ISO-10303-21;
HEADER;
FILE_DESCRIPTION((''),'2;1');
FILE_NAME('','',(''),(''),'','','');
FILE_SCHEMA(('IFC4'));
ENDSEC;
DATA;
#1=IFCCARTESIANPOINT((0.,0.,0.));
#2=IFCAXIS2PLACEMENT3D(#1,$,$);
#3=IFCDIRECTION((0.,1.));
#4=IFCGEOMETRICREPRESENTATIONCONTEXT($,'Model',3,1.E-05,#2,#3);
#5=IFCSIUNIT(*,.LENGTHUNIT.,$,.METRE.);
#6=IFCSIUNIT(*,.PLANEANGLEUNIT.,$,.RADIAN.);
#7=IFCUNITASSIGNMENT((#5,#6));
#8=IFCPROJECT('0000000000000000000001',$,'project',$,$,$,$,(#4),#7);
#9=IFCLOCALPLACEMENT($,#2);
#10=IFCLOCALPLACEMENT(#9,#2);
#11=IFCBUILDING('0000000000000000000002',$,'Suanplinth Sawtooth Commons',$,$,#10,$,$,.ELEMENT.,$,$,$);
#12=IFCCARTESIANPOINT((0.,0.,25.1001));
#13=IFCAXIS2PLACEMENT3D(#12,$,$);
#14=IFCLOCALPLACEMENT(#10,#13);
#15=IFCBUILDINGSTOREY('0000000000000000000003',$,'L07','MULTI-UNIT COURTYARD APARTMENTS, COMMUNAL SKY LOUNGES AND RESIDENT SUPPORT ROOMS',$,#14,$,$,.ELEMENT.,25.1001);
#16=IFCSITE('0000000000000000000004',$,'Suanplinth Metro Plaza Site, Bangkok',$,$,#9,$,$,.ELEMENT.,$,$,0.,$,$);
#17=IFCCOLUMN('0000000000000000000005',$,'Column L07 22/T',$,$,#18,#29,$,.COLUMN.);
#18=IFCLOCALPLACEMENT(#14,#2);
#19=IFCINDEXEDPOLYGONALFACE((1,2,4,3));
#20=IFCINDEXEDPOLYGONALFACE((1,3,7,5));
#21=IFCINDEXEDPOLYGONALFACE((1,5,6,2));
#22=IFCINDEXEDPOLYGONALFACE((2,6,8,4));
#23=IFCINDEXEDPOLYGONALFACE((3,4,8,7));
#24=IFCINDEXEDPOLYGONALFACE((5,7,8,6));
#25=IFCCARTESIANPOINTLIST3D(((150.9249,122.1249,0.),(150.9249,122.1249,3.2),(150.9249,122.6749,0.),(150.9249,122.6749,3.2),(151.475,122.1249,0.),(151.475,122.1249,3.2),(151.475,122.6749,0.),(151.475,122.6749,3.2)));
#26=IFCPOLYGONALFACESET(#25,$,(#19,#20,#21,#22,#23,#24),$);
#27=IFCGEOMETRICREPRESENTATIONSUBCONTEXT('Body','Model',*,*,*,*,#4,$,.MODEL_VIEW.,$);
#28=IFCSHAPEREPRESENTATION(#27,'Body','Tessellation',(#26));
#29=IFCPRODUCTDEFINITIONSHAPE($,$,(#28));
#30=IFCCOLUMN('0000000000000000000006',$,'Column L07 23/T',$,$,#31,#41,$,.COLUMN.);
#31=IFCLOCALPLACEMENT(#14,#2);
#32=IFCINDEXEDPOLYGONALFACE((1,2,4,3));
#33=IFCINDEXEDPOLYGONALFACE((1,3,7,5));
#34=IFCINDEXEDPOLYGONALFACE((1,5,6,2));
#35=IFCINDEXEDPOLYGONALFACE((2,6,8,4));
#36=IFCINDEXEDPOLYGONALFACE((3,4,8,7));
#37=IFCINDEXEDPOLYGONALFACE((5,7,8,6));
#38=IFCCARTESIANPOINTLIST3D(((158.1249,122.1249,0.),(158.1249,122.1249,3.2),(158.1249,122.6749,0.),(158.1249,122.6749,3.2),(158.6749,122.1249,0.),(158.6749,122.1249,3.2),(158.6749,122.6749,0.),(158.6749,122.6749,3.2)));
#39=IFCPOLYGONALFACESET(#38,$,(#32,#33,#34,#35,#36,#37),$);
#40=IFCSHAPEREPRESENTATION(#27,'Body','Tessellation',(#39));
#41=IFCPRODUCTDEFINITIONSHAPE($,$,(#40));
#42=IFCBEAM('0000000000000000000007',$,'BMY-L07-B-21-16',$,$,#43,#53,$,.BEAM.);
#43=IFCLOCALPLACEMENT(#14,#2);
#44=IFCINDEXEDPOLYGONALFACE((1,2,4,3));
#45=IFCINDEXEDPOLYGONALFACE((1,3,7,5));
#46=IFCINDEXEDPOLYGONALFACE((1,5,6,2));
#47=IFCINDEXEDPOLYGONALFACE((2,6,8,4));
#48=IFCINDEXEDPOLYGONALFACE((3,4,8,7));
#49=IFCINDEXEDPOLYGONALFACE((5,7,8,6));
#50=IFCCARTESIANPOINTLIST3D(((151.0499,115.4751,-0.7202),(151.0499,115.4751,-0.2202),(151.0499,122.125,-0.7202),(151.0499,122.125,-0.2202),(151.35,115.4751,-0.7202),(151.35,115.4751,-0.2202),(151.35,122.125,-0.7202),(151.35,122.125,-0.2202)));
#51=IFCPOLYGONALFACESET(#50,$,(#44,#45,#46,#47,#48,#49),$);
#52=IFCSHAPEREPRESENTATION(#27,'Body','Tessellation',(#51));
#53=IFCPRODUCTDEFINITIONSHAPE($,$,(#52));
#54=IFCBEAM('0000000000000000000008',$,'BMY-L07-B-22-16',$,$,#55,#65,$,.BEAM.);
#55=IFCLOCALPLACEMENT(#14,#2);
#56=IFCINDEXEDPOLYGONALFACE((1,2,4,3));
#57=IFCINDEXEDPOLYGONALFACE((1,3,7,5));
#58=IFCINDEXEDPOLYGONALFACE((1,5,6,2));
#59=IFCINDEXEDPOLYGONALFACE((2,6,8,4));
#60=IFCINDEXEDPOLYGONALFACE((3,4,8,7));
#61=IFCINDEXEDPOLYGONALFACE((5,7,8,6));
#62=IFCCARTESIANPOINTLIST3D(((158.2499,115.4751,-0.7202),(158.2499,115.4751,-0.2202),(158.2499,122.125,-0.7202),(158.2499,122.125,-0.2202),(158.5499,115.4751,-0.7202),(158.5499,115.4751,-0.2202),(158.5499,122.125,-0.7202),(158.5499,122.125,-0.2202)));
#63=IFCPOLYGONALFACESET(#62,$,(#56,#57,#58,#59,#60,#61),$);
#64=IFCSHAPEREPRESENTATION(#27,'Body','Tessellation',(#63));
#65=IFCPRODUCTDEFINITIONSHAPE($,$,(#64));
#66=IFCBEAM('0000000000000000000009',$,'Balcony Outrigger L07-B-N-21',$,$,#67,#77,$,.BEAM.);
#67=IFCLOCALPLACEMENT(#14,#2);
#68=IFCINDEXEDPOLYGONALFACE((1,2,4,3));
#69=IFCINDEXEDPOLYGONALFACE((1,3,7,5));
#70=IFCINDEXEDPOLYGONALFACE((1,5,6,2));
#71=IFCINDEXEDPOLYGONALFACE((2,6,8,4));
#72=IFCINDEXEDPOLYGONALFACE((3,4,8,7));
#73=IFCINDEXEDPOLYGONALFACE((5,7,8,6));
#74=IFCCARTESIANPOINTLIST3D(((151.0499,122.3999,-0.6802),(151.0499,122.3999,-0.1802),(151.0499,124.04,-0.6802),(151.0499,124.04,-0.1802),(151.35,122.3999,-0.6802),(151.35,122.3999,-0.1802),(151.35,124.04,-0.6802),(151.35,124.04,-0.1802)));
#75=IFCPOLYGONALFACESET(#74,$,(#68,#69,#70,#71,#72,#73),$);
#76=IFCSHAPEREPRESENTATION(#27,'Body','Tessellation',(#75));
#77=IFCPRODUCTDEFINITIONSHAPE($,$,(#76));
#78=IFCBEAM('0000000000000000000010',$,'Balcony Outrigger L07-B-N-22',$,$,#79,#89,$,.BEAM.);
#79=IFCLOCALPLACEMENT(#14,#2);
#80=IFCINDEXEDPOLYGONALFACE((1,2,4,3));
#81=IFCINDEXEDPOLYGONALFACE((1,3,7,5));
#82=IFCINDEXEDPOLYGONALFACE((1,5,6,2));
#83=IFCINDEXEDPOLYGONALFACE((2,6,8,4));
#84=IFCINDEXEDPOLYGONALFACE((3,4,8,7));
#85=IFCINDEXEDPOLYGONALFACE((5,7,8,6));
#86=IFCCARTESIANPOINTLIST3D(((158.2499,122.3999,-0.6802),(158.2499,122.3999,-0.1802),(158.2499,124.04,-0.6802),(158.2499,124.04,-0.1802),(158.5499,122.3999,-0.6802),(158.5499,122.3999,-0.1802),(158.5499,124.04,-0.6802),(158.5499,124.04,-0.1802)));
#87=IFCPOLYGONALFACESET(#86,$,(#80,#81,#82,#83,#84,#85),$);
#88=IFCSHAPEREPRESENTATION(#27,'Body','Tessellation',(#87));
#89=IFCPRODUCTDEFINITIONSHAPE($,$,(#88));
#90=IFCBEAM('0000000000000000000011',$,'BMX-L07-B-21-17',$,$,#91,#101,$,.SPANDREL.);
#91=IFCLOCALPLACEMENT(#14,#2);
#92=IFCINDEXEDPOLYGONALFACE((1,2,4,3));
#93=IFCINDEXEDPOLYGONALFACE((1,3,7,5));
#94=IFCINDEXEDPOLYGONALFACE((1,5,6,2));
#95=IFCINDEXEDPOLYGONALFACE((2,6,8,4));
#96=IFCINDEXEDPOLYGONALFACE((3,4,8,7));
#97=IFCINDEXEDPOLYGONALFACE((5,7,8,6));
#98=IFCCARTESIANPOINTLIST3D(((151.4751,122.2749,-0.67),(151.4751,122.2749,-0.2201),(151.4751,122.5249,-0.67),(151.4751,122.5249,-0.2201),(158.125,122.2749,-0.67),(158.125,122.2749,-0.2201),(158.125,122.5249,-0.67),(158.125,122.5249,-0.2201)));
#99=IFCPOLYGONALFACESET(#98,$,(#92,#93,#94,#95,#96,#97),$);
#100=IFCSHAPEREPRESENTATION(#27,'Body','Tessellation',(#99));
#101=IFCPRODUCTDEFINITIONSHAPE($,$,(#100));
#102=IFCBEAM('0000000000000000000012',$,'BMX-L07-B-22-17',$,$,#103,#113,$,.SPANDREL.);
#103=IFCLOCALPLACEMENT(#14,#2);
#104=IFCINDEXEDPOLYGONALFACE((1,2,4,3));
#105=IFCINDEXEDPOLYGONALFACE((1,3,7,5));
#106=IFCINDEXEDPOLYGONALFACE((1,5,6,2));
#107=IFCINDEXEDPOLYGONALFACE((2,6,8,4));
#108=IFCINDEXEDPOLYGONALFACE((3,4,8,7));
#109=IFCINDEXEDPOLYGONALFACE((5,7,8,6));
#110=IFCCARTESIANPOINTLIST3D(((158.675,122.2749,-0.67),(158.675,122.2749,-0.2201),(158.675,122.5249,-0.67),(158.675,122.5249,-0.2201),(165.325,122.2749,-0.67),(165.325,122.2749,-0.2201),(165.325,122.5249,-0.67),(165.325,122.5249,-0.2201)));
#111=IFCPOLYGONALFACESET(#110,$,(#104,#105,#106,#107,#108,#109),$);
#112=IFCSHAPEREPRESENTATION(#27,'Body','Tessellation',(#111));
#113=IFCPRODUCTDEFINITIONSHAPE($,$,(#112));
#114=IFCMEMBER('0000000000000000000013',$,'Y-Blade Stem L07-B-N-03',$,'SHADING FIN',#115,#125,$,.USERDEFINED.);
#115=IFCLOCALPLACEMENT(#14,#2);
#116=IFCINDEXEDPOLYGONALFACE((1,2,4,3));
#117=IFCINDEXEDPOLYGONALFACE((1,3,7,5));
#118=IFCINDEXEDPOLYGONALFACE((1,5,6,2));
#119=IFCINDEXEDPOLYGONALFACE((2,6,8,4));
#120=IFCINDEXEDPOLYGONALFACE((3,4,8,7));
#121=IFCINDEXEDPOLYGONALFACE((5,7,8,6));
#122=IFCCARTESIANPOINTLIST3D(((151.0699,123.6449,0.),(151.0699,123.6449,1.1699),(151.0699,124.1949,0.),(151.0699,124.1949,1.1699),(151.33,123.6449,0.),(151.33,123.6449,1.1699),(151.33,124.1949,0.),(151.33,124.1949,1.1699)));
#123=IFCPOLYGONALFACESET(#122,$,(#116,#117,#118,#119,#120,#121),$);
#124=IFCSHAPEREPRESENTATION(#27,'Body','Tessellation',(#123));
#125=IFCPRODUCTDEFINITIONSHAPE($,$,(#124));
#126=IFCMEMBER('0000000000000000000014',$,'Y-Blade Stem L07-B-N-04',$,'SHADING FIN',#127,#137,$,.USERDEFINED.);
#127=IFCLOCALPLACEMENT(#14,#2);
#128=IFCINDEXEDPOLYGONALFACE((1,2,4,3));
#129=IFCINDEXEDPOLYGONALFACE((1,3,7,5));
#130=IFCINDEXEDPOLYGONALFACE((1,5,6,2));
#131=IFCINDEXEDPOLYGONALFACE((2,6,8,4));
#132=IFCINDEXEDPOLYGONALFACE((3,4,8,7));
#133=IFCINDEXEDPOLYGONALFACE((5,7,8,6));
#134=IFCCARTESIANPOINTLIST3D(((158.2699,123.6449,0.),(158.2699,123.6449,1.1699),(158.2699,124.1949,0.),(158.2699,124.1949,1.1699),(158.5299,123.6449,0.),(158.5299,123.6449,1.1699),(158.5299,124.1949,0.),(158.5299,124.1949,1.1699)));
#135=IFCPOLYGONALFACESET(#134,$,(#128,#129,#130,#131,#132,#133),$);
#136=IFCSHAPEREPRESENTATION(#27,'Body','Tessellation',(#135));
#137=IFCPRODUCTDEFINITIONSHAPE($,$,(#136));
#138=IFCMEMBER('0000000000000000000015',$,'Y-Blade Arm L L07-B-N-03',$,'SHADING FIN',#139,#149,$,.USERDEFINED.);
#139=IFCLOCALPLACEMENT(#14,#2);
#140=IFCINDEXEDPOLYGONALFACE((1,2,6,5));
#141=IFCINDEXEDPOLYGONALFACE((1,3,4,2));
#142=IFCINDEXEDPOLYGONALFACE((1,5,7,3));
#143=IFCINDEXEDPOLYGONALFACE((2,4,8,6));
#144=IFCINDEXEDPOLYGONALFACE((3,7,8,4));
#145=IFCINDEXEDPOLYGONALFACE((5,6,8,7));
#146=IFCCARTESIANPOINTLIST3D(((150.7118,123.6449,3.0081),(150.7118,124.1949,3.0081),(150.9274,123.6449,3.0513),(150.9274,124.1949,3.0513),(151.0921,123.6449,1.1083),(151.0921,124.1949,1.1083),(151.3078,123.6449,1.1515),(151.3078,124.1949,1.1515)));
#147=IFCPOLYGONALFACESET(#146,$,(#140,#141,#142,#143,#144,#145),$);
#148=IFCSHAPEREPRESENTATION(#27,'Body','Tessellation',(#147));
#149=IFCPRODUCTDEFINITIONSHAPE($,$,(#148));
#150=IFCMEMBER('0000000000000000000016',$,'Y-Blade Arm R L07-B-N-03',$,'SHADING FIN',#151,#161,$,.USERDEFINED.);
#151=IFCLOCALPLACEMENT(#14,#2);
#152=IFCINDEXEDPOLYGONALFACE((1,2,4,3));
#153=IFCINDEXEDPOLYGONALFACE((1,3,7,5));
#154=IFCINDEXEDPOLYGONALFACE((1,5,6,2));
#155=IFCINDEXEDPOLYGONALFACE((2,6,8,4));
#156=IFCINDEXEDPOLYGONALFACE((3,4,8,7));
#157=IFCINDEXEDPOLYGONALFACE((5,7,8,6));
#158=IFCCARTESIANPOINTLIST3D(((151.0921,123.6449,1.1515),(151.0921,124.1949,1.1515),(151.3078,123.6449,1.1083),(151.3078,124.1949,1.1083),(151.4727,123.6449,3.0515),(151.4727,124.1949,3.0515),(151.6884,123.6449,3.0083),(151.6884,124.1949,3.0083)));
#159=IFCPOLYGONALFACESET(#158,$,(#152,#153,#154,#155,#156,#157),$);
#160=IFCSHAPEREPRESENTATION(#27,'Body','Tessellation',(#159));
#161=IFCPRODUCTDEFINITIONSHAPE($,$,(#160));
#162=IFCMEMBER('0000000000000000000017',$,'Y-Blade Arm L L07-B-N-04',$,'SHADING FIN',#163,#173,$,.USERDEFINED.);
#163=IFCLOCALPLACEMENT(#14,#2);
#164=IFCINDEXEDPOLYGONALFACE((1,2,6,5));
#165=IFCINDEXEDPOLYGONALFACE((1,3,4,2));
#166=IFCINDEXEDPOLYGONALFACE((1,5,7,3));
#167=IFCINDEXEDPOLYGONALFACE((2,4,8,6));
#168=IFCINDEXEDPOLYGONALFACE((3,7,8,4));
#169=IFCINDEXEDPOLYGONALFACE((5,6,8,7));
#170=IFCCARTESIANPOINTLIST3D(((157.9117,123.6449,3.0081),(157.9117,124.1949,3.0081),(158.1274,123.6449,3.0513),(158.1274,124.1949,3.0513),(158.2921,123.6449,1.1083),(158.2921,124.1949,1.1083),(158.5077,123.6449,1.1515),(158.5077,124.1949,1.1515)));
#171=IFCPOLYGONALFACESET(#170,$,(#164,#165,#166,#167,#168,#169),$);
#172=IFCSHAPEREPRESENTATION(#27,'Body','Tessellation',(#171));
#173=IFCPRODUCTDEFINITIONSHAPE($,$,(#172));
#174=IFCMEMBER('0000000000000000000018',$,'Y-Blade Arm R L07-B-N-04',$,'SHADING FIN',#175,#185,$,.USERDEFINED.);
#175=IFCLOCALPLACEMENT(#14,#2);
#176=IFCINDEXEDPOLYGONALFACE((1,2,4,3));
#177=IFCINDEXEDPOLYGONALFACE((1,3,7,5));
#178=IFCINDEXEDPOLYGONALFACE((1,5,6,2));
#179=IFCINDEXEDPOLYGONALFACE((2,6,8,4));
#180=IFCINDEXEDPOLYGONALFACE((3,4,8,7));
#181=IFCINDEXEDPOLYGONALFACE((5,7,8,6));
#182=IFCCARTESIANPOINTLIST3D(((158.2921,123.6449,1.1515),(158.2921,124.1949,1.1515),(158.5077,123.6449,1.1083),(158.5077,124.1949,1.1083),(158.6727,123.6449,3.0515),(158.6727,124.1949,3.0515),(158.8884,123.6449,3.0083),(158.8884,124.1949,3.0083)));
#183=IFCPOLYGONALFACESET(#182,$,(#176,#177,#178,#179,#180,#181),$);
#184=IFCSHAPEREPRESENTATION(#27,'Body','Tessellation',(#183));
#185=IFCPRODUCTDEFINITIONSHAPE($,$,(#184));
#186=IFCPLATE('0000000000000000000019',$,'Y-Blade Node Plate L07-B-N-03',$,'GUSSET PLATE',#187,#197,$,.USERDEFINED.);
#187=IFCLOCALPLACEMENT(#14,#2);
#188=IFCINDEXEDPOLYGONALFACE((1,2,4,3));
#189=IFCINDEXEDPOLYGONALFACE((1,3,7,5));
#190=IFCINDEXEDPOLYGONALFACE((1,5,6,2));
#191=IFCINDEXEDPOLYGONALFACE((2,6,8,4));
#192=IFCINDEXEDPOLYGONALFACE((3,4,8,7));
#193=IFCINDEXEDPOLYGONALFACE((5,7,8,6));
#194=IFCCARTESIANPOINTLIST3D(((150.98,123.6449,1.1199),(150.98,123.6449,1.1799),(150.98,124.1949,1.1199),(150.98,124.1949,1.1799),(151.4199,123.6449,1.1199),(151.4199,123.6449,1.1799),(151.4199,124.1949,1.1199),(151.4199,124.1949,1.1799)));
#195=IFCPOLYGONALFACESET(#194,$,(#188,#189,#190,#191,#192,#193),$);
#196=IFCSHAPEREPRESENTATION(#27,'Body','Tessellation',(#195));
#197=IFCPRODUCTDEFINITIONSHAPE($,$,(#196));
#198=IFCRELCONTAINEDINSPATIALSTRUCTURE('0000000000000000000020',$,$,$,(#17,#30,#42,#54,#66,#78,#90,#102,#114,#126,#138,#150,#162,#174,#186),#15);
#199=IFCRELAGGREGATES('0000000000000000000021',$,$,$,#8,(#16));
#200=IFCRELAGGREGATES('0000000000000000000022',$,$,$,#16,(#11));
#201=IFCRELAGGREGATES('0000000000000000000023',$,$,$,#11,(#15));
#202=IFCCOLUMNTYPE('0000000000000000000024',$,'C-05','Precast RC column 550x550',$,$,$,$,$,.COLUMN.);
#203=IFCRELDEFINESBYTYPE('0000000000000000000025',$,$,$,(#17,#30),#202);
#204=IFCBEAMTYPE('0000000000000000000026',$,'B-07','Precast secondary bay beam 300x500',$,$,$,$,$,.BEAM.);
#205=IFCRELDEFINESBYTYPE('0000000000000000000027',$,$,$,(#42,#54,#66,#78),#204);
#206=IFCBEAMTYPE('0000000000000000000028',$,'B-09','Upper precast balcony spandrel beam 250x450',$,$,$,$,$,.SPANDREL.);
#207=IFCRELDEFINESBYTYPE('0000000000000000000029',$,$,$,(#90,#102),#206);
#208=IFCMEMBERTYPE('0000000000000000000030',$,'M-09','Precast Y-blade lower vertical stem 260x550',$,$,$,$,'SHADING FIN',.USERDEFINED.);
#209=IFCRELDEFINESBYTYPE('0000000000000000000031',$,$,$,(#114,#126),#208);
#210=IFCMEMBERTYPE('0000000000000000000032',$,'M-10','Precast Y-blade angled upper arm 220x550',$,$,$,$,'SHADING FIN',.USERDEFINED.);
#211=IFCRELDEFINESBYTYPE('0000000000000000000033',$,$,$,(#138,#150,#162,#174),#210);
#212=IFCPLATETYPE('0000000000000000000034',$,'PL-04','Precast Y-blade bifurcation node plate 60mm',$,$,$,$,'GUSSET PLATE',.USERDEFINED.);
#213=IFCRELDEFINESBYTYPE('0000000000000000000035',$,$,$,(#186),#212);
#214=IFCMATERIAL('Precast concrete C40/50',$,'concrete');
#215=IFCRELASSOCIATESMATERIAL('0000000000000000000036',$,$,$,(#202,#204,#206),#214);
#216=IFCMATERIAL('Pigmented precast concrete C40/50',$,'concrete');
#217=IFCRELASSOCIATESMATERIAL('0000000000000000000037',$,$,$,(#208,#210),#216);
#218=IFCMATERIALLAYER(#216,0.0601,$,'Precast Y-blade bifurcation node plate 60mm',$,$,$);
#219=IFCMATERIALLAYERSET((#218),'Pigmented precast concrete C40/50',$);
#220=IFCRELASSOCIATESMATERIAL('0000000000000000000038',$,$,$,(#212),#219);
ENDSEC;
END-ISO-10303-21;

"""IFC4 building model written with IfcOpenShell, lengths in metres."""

from ifc_helpers import new_model, si_unit, direction, frame, origin, origin_2d, place, context, subcontext, project, spatial, rectangle, extrude, material, layer, layer_set, material_profile, profile_set, type_object, element, save


model = new_model("IFC4")

# Units and contexts
model_context = context("Model", 3, precision=1e-05, world=origin(), true_north=direction((0.0, 1.0)))
body_context = subcontext(model_context, "Body", "Model", "MODEL_VIEW")
ifc_project = project(units=[si_unit("LENGTHUNIT", "METRE"), si_unit("PLANEANGLEUNIT", "RADIAN")], contexts=[model_context])

# Site, building, storey
site_placement = place(None, origin())
site = spatial("IfcSite", under=ifc_project, at=site_placement, Name="Suanplinth Metro Plaza Site, Bangkok", CompositionType="ELEMENT", RefElevation=0.0)
building_placement = place(site_placement, origin())
building = spatial("IfcBuilding", under=site, at=building_placement, Name="Suanplinth Sawtooth Commons", CompositionType="ELEMENT")
storey_placement = place(building_placement, frame((0.0, 0.0, 25.1001)))
storey = spatial("IfcBuildingStorey", under=building, at=storey_placement, Name="L07", Description="MULTI-UNIT COURTYARD APARTMENTS, COMMUNAL SKY LOUNGES AND RESIDENT SUPPORT ROOMS", CompositionType="ELEMENT", Elevation=25.1001)

# Columns
ifc_material_1 = material(Name="Precast concrete C40/50", Category="concrete")
ifc_material_profile_1 = material_profile(ifc_material_1, rectangle(XDim=0.55, YDim=0.55, at=origin_2d()), Name="PC-COL 550x550")
ifc_profile_set_1 = profile_set([ifc_material_profile_1], Name="Precast concrete C40/50")
column_type = type_object("IfcColumnType", Name="C-05", Description="Precast RC column 550x550", PredefinedType="COLUMN", material=ifc_profile_set_1)
for number, where, z_axis, x_axis, name in (
    (1, (151.2, 122.3999, 0.0), (0.0, 0.0, 1.0), (1.0, 0.0, 0.0), "Column L07 22/T"),
    (2, (158.3999, 122.3999, 0.0), (0.0, 0.0, 1.0), (1.0, 0.0, 0.0), "Column L07 23/T"),
):
    element("IfcColumn", number, at=place(storey_placement, frame(where, z_axis=z_axis, x_axis=x_axis)), inside=storey, type_object=column_type, Name=name, PredefinedType="COLUMN", context=body_context, shape_type="SweptSolid", body=[
        extrude(rectangle(XDim=0.55, YDim=0.55, at=origin_2d()), origin(), (0.0, 0.0, 1.0), 3.2),
    ])

# Beams
ifc_material_profile_2 = material_profile(ifc_material_1, rectangle(XDim=0.3, YDim=0.5, at=origin_2d()), Name="PC-BM 300x500")
ifc_profile_set_2 = profile_set([ifc_material_profile_2], Name="Precast concrete C40/50")
beam_type_1 = type_object("IfcBeamType", Name="B-07", Description="Precast secondary bay beam 300x500", PredefinedType="BEAM", material=ifc_profile_set_2)
for number, where, z_axis, x_axis, name in (
    (3, (151.2, 115.4751, -0.4702), (0.0, 1.0, 0.0), (-1.0, 0.0, 0.0), "BMY-L07-B-21-16"),
    (4, (158.3999, 115.4751, -0.4702), (0.0, 1.0, 0.0), (-1.0, 0.0, 0.0), "BMY-L07-B-22-16"),
):
    element("IfcBeam", number, at=place(storey_placement, frame(where, z_axis=z_axis, x_axis=x_axis)), inside=storey, type_object=beam_type_1, Name=name, PredefinedType="BEAM", context=body_context, shape_type="SweptSolid", body=[
        extrude(rectangle(XDim=0.3, YDim=0.5, at=origin_2d()), origin(), (0.0, 0.0, 1.0), 6.6499),
    ])
for number, where, z_axis, x_axis, name in (
    (5, (151.2, 122.3999, -0.4302), (0.0, 1.0, 0.0), (-1.0, 0.0, 0.0), "Balcony Outrigger L07-B-N-21"),
    (6, (158.3999, 122.3999, -0.4302), (0.0, 1.0, 0.0), (-1.0, 0.0, 0.0), "Balcony Outrigger L07-B-N-22"),
):
    element("IfcBeam", number, at=place(storey_placement, frame(where, z_axis=z_axis, x_axis=x_axis)), inside=storey, type_object=beam_type_1, Name=name, PredefinedType="BEAM", context=body_context, shape_type="SweptSolid", body=[
        extrude(rectangle(XDim=0.3, YDim=0.5, at=origin_2d()), origin(), (0.0, 0.0, 1.0), 1.6401),
    ])
ifc_material_profile_3 = material_profile(ifc_material_1, rectangle(XDim=0.25, YDim=0.45, at=origin_2d()), Name="PC-SP 250x450")
ifc_profile_set_3 = profile_set([ifc_material_profile_3], Name="Precast concrete C40/50")
beam_type_2 = type_object("IfcBeamType", Name="B-09", Description="Upper precast balcony spandrel beam 250x450", PredefinedType="SPANDREL", material=ifc_profile_set_3)
for number, where, z_axis, x_axis, name in (
    (7, (151.4751, 122.3999, -0.4451), (1.0, 0.0, 0.0), (0.0, 1.0, 0.0), "BMX-L07-B-21-17"),
    (8, (158.675, 122.3999, -0.4451), (1.0, 0.0, 0.0), (0.0, 1.0, 0.0), "BMX-L07-B-22-17"),
):
    element("IfcBeam", number, at=place(storey_placement, frame(where, z_axis=z_axis, x_axis=x_axis)), inside=storey, type_object=beam_type_2, Name=name, PredefinedType="SPANDREL", context=body_context, shape_type="SweptSolid", body=[
        extrude(rectangle(XDim=0.25, YDim=0.45, at=origin_2d()), origin(), (0.0, 0.0, 1.0), 6.6499),
    ])

# Members
ifc_material_2 = material(Name="Pigmented precast concrete C40/50", Category="concrete")
ifc_material_profile_4 = material_profile(ifc_material_2, rectangle(XDim=0.26, YDim=0.55, at=origin_2d()), Name="PC-FIN 260x550")
ifc_profile_set_4 = profile_set([ifc_material_profile_4], Name="Pigmented precast concrete C40/50")
member_type_1 = type_object("IfcMemberType", Name="M-09", Description="Precast Y-blade lower vertical stem 260x550", ElementType="SHADING FIN", PredefinedType="USERDEFINED", material=ifc_profile_set_4)
for number, where, z_axis, x_axis, name in (
    (9, (151.2, 123.9199, 0.0), (0.0, 0.0, 1.0), (1.0, 0.0, 0.0), "Y-Blade Stem L07-B-N-03"),
    (10, (158.3999, 123.9199, 0.0), (0.0, 0.0, 1.0), (1.0, 0.0, 0.0), "Y-Blade Stem L07-B-N-04"),
):
    element("IfcMember", number, at=place(storey_placement, frame(where, z_axis=z_axis, x_axis=x_axis)), inside=storey, type_object=member_type_1, Name=name, ObjectType="SHADING FIN", PredefinedType="USERDEFINED", context=body_context, shape_type="SweptSolid", body=[
        extrude(rectangle(XDim=0.26, YDim=0.55, at=origin_2d()), origin(), (0.0, 0.0, 1.0), 1.1699),
    ])
ifc_material_profile_5 = material_profile(ifc_material_2, rectangle(XDim=0.22, YDim=0.55, at=origin_2d()), Name="PC-FIN 220x550")
ifc_profile_set_5 = profile_set([ifc_material_profile_5], Name="Pigmented precast concrete C40/50")
member_type_2 = type_object("IfcMemberType", Name="M-10", Description="Precast Y-blade angled upper arm 220x550", ElementType="SHADING FIN", PredefinedType="USERDEFINED", material=ifc_profile_set_5)
member_1_placement = place(storey_placement, frame((151.2, 123.9199, 1.1299), z_axis=(-0.19631, 0.0, 0.980542), x_axis=(0.980542, 0.0, 0.19631)))
element("IfcMember", 11, at=member_1_placement, inside=storey, type_object=member_type_2, Name="Y-Blade Arm L L07-B-N-03", ObjectType="SHADING FIN", PredefinedType="USERDEFINED", context=body_context, shape_type="SweptSolid", body=[
    extrude(rectangle(XDim=0.22, YDim=0.55, at=origin_2d()), origin(), (0.0, 0.0, 1.0), 1.9375),
])
member_2_placement = place(storey_placement, frame((151.2, 123.9199, 1.1299), z_axis=(0.196431, 0.0, 0.980518), x_axis=(-0.980518, 0.0, 0.196431)))
element("IfcMember", 12, at=member_2_placement, inside=storey, type_object=member_type_2, Name="Y-Blade Arm R L07-B-N-03", ObjectType="SHADING FIN", PredefinedType="USERDEFINED", context=body_context, shape_type="SweptSolid", body=[
    extrude(rectangle(XDim=0.22, YDim=0.55, at=origin_2d()), origin(), (0.0, 0.0, 1.0), 1.9377),
])
member_3_placement = place(storey_placement, frame((158.3999, 123.9199, 1.1299), z_axis=(-0.19631, 0.0, 0.980542), x_axis=(0.980542, 0.0, 0.19631)))
element("IfcMember", 13, at=member_3_placement, inside=storey, type_object=member_type_2, Name="Y-Blade Arm L L07-B-N-04", ObjectType="SHADING FIN", PredefinedType="USERDEFINED", context=body_context, shape_type="SweptSolid", body=[
    extrude(rectangle(XDim=0.22, YDim=0.55, at=origin_2d()), origin(), (0.0, 0.0, 1.0), 1.9375),
])
member_4_placement = place(storey_placement, frame((158.3999, 123.9199, 1.1299), z_axis=(0.196431, 0.0, 0.980518), x_axis=(-0.980518, 0.0, 0.196431)))
element("IfcMember", 14, at=member_4_placement, inside=storey, type_object=member_type_2, Name="Y-Blade Arm R L07-B-N-04", ObjectType="SHADING FIN", PredefinedType="USERDEFINED", context=body_context, shape_type="SweptSolid", body=[
    extrude(rectangle(XDim=0.22, YDim=0.55, at=origin_2d()), origin(), (0.0, 0.0, 1.0), 1.9377),
])

# Plate
ifc_layer_1 = layer(ifc_material_2, 0.0601, Name="Precast Y-blade bifurcation node plate 60mm")
ifc_layer_set_1 = layer_set([ifc_layer_1], Name="Pigmented precast concrete C40/50")
plate_type = type_object("IfcPlateType", Name="PL-04", Description="Precast Y-blade bifurcation node plate 60mm", ElementType="GUSSET PLATE", PredefinedType="USERDEFINED", material=ifc_layer_set_1)
for number, where, z_axis, x_axis, name in (
    (15, (151.2, 123.9199, 1.1199), (0.0, 0.0, 1.0), (1.0, 0.0, 0.0), "Y-Blade Node Plate L07-B-N-03"),
):
    element("IfcPlate", number, at=place(storey_placement, frame(where, z_axis=z_axis, x_axis=x_axis)), inside=storey, type_object=plate_type, Name=name, ObjectType="GUSSET PLATE", PredefinedType="USERDEFINED", context=body_context, shape_type="SweptSolid", body=[
        extrude(rectangle(XDim=0.4399, YDim=0.55, at=origin_2d()), origin(), (0.0, 0.0, 1.0), 0.0601),
    ])

save(model, "model.ifc")
